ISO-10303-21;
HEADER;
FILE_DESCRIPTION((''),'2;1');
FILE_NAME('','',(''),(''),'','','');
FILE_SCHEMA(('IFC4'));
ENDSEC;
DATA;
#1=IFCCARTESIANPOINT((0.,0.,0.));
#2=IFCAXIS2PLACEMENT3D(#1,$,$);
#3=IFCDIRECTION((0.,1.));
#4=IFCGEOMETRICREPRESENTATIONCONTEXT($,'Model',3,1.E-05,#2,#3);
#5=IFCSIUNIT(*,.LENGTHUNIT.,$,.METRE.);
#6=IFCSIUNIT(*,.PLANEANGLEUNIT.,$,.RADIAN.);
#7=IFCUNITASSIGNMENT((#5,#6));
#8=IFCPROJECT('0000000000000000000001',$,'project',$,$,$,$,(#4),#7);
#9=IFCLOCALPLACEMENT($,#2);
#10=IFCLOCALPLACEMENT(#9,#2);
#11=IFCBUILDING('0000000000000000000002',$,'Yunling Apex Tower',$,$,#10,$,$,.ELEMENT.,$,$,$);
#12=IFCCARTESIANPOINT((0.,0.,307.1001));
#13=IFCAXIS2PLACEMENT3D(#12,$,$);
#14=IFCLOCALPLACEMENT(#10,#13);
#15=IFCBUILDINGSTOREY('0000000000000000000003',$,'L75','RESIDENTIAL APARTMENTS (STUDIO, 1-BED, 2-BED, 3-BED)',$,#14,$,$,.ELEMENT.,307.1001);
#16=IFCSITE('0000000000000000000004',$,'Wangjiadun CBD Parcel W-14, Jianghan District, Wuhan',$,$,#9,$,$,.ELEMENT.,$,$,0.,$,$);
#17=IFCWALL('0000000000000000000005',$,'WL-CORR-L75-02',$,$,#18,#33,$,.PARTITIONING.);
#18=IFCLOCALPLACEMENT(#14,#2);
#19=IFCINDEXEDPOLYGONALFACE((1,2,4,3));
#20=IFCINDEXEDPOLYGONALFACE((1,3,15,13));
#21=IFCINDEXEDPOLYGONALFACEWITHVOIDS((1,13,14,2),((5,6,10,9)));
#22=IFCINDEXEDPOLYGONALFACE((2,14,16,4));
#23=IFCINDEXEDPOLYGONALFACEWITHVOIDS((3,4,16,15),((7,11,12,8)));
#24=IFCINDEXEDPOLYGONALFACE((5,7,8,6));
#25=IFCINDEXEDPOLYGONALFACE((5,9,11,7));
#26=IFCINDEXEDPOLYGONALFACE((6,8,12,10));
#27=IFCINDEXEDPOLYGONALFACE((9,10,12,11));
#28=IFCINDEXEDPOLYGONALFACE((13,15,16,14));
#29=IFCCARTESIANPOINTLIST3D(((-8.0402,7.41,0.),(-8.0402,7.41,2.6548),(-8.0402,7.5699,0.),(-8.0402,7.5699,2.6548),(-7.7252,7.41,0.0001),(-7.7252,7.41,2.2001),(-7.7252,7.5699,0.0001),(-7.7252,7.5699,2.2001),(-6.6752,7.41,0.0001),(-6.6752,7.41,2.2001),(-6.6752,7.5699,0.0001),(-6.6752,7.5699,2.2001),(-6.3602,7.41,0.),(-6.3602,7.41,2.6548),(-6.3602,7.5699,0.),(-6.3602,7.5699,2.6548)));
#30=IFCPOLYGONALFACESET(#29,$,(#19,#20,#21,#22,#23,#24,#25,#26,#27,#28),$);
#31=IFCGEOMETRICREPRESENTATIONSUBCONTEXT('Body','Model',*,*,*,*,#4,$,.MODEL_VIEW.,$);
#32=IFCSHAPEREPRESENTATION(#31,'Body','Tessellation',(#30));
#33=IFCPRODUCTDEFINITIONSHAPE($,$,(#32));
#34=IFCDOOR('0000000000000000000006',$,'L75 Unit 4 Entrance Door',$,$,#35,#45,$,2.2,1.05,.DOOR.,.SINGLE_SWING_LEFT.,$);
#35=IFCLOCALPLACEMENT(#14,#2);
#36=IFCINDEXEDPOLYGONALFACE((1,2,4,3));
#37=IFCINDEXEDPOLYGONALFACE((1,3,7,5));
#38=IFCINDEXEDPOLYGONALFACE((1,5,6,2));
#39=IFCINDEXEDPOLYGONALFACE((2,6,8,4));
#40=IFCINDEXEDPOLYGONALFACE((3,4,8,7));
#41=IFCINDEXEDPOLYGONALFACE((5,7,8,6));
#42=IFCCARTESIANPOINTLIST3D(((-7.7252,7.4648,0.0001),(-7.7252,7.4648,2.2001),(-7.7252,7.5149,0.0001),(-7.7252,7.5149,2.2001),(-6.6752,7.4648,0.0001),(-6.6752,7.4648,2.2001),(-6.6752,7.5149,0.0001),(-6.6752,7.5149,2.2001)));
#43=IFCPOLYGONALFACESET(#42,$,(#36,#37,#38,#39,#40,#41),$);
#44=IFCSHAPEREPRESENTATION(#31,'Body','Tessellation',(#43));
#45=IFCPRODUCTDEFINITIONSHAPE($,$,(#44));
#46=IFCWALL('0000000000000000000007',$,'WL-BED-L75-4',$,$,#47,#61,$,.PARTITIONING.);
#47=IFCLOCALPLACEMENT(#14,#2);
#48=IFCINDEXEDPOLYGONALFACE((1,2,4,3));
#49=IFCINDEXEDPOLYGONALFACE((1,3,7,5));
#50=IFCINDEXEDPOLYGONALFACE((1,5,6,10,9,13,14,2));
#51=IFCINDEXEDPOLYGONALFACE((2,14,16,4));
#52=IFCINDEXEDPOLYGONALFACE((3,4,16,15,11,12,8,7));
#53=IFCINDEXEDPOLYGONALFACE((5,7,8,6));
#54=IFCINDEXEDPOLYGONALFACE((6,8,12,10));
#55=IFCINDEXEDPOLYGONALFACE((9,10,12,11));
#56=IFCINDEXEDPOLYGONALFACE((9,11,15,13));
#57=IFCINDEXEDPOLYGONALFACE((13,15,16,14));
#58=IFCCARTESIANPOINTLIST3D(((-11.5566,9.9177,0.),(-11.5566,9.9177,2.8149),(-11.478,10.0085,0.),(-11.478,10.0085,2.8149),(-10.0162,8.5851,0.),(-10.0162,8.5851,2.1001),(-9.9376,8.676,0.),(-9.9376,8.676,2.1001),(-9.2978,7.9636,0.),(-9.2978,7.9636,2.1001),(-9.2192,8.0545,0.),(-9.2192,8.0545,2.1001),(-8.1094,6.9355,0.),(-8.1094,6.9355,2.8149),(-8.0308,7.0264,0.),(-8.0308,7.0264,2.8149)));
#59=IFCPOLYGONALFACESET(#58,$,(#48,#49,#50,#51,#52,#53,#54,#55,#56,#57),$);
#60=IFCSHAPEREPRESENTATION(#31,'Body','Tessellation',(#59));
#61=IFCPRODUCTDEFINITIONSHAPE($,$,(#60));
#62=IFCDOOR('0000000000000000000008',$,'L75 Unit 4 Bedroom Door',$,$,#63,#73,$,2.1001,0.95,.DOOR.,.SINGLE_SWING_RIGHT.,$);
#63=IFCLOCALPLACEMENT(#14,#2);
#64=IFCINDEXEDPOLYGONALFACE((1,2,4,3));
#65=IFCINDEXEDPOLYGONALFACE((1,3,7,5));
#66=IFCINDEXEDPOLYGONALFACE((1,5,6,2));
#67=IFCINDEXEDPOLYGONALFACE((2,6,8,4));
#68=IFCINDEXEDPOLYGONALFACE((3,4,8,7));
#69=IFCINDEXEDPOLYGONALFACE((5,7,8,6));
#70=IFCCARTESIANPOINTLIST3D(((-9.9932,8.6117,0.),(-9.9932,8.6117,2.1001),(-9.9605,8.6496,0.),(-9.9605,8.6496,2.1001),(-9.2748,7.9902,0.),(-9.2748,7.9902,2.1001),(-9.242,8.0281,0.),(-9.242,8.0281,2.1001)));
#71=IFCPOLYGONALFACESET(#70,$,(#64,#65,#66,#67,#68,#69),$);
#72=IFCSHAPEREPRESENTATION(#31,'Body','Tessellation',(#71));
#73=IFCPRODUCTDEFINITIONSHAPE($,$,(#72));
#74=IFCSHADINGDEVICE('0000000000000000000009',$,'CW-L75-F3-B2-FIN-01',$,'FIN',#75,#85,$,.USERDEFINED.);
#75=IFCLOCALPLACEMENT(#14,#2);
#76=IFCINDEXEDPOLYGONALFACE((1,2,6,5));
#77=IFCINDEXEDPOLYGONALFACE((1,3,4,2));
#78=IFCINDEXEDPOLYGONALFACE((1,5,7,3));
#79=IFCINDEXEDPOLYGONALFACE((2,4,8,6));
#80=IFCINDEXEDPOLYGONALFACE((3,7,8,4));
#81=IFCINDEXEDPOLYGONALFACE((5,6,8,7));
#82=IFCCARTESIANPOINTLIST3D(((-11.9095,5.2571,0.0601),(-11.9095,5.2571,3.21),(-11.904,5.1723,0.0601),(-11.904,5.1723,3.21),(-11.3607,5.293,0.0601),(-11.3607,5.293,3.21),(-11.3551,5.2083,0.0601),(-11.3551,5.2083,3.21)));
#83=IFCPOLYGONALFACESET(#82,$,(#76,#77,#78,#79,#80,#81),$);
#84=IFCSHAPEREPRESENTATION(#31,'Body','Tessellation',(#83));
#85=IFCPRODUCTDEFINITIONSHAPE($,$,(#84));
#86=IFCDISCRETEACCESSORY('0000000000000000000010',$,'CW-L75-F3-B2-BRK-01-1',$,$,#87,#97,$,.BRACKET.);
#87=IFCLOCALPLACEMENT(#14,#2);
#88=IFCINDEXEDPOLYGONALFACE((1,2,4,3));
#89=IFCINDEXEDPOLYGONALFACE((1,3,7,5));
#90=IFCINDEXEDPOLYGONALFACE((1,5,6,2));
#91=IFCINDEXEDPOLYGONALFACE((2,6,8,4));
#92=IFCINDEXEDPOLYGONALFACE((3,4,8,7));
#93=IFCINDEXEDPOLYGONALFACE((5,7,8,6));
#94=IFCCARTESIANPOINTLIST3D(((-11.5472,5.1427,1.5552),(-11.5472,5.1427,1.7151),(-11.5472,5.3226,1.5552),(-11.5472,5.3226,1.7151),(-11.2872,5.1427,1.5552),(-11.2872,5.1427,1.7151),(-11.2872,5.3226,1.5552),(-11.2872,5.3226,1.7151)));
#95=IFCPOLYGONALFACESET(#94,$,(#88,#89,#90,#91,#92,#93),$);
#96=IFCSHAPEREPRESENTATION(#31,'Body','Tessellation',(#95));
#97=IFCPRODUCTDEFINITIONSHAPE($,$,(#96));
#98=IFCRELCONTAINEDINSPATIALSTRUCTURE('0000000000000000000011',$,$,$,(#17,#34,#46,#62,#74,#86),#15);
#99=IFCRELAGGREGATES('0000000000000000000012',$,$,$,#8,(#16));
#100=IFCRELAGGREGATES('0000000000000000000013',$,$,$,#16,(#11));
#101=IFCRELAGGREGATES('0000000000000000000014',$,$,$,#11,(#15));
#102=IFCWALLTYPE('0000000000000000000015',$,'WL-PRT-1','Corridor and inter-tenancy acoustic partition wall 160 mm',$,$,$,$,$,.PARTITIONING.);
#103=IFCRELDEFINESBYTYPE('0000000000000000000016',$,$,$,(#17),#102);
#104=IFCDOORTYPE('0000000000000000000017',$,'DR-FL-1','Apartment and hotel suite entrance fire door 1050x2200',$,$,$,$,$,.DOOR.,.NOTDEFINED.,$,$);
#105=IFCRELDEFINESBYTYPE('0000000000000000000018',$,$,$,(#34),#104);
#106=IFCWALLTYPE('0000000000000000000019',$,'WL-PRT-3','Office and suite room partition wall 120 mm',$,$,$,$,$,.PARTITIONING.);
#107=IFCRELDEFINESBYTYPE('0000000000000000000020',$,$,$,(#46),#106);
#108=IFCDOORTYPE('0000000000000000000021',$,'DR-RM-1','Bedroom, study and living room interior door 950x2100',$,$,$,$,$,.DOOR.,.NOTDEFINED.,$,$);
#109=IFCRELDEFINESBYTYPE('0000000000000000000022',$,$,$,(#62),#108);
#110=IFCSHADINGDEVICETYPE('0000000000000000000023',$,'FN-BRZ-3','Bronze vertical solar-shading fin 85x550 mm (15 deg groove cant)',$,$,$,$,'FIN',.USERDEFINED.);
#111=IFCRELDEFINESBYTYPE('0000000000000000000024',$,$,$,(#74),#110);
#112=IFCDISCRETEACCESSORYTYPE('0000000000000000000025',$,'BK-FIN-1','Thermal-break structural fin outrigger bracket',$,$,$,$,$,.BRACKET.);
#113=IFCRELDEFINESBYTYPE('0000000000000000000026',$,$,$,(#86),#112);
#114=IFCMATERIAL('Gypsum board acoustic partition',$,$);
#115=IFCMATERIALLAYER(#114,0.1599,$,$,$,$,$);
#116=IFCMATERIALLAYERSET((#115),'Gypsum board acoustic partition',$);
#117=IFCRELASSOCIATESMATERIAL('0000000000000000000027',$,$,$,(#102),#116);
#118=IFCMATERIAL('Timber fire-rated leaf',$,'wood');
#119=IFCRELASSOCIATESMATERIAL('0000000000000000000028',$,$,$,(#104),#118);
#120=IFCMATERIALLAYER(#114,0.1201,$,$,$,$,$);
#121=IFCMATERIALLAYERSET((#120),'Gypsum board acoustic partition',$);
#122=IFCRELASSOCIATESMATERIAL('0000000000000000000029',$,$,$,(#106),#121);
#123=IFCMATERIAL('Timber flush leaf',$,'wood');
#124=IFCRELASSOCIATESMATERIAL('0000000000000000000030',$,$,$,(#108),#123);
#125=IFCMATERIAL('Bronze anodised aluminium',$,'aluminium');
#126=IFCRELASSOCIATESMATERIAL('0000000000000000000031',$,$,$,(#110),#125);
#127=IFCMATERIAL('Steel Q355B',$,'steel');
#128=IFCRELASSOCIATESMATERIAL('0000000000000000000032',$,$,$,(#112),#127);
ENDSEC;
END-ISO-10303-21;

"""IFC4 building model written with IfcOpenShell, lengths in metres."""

from ifc_helpers import new_model, si_unit, direction, frame, frame_2d, origin, origin_2d, place, context, subcontext, project, spatial, rectangle, extrude, source, transform, mapped, material, layer, layer_set, material_profile, profile_set, type_object, element, fill, save


model = new_model("IFC4")

# Units and contexts
model_context = context("Model", 3, precision=1e-05, world=origin(), true_north=direction((0.0, 1.0)))
body_context = subcontext(model_context, "Body", "Model", "MODEL_VIEW")
ifc_project = project(units=[si_unit("LENGTHUNIT", "METRE"), si_unit("PLANEANGLEUNIT", "RADIAN")], contexts=[model_context])

# Site, building, storey
site_placement = place(None, origin())
site = spatial("IfcSite", under=ifc_project, at=site_placement, Name="Wangjiadun CBD Parcel W-14, Jianghan District, Wuhan", CompositionType="ELEMENT", RefElevation=0.0)
building_placement = place(site_placement, origin())
building = spatial("IfcBuilding", under=site, at=building_placement, Name="Yunling Apex Tower", CompositionType="ELEMENT")
storey_placement = place(building_placement, frame((0.0, 0.0, 307.1001)))
storey = spatial("IfcBuildingStorey", under=building, at=storey_placement, Name="L75", Description="RESIDENTIAL APARTMENTS (STUDIO, 1-BED, 2-BED, 3-BED)", CompositionType="ELEMENT", Elevation=307.1001)

# Shared definitions
ifc_material_1 = material(Name="Steel Q355B", Category="steel")

# Shared definitions
ifc_material_2 = material(Name="Bronze anodised aluminium", Category="aluminium")

# Shared definitions
ifc_material_3 = material(Name="Gypsum board acoustic partition")
ifc_layer_1 = layer(ifc_material_3, 0.1599)
ifc_layer_set_1 = layer_set([ifc_layer_1], Name="Gypsum board acoustic partition")
wall_type_1 = type_object("IfcWallType", Name="WL-PRT-1", Description="Corridor and inter-tenancy acoustic partition wall 160 mm", PredefinedType="PARTITIONING", material=ifc_layer_set_1)

# Walls, openings, doors
wall_1_placement = place(storey_placement, frame((-8.04, 7.49, 0.0), z_axis=(0.0, 0.0, 1.0), x_axis=(1.0, 0.0, 0.0)))
wall_1 = element("IfcWall", 1, at=wall_1_placement, inside=storey, type_object=wall_type_1, Name="WL-CORR-L75-02", PredefinedType="PARTITIONING", context=body_context, shape_type="SweptSolid", body=[
    extrude(rectangle(XDim=1.6799, YDim=0.1599, at=frame_2d((0.8398, 0.0))), origin(), (0.0, 0.0, 1.0), 2.6548),
])
opening_1_placement = place(wall_1_placement, frame((0.3149, 0.0, 0.0)))
opening_1 = element("IfcOpeningElement", 2, at=opening_1_placement, cuts=wall_1, PredefinedType="OPENING", context=body_context, shape_type="SweptSolid", body=[
    extrude(rectangle(XDim=1.05, YDim=2.2, at=frame_2d((0.5249, 1.1001))), frame((0.0, 0.0898, 0.0), z_axis=(0.0, -1.0, 0.0), x_axis=(1.0, 0.0, 0.0)), (0.0, 0.0, 1.0), 0.1799),
])
ifc_material_4 = material(Name="Timber fire-rated leaf", Category="wood")
door_type_1 = type_object("IfcDoorType", Name="DR-FL-1", Description="Apartment and hotel suite entrance fire door 1050x2200", OperationType="NOTDEFINED", PredefinedType="DOOR", material=ifc_material_4)
door_1_placement = place(opening_1_placement, origin())
door_1 = element("IfcDoor", 3, at=door_1_placement, inside=storey, type_object=door_type_1, Name="L75 Unit 4 Entrance Door", OperationType="SINGLE_SWING_LEFT", OverallHeight=2.2, OverallWidth=1.05, PredefinedType="DOOR", context=body_context, shape_type="SweptSolid", body=[
    extrude(rectangle(XDim=1.05, YDim=2.2, at=frame_2d((0.5249, 1.1001))), frame((0.0, 0.0249, 0.0), z_axis=(0.0, -1.0, 0.0), x_axis=(1.0, 0.0, 0.0)), (0.0, 0.0, 1.0), 0.05),
])
fill(opening_1, door_1)
ifc_layer_2 = layer(ifc_material_3, 0.1201)
ifc_layer_set_2 = layer_set([ifc_layer_2], Name="Gypsum board acoustic partition")
wall_type_2 = type_object("IfcWallType", Name="WL-PRT-3", Description="Office and suite room partition wall 120 mm", PredefinedType="PARTITIONING", material=ifc_layer_set_2)
wall_2_placement = place(storey_placement, frame((-8.0701, 6.981, 0.0), z_axis=(0.0, 0.0, 1.0), x_axis=(-0.756281, 0.654247, 0.0)))
wall_2 = element("IfcWall", 4, at=wall_2_placement, inside=storey, type_object=wall_type_2, Name="WL-BED-L75-4", PredefinedType="PARTITIONING", context=body_context, shape_type="SweptSolid", body=[
    extrude(rectangle(XDim=4.5581, YDim=0.1201, at=frame_2d((2.2791, 0.0))), origin(), (0.0, 0.0, 1.0), 2.8149),
])
opening_2_placement = place(wall_2_placement, frame((1.5713, 0.0, 0.0)))
opening_2 = element("IfcOpeningElement", 5, at=opening_2_placement, cuts=wall_2, PredefinedType="OPENING", context=body_context, shape_type="SweptSolid", body=[
    extrude(rectangle(XDim=0.95, YDim=2.1001, at=frame_2d((0.4751, 1.05))), frame((0.0, 0.0701, 0.0), z_axis=(0.0, -1.0, 0.0), x_axis=(1.0, 0.0, 0.0)), (0.0, 0.0, 1.0), 0.1401),
])
ifc_material_5 = material(Name="Timber flush leaf", Category="wood")
door_type_2 = type_object("IfcDoorType", Name="DR-RM-1", Description="Bedroom, study and living room interior door 950x2100", OperationType="NOTDEFINED", PredefinedType="DOOR", material=ifc_material_5)
door_2_placement = place(opening_2_placement, origin())
door_2 = element("IfcDoor", 6, at=door_2_placement, inside=storey, type_object=door_type_2, Name="L75 Unit 4 Bedroom Door", OperationType="SINGLE_SWING_RIGHT", OverallHeight=2.1001, OverallWidth=0.95, PredefinedType="DOOR", context=body_context, shape_type="SweptSolid", body=[
    extrude(rectangle(XDim=0.95, YDim=2.1001, at=frame_2d((0.4751, 1.05))), frame((0.0, 0.0249, 0.0), z_axis=(0.0, -1.0, 0.0), x_axis=(1.0, 0.0, 0.0)), (0.0, 0.0, 1.0), 0.05),
])
fill(opening_2, door_2)

# Shading device
ifc_material_profile_1 = material_profile(ifc_material_2, rectangle(XDim=0.085, YDim=0.55, at=origin_2d()))
ifc_profile_set_1 = profile_set([ifc_material_profile_1], Name="Bronze anodised aluminium")
shading_device_type = type_object("IfcShadingDeviceType", Name="FN-BRZ-3", Description="Bronze vertical solar-shading fin 85x550 mm (15 deg groove cant)", ElementType="FIN", PredefinedType="USERDEFINED", material=ifc_profile_set_1)
shared_shape_1 = source(origin(), body_context, "Body", "SweptSolid", [
    extrude(rectangle(XDim=0.085, YDim=0.55, at=origin_2d()), origin(), (0.0, 0.0, 1.0), 3.1499),
])
shading_device_placement = place(storey_placement, frame((-11.6323, 5.2327, 0.0601), z_axis=(0.0, 0.0, 1.0), x_axis=(0.065403, -0.997859, 0.0)))
element("IfcShadingDevice", 7, at=shading_device_placement, inside=storey, type_object=shading_device_type, Name="CW-L75-F3-B2-FIN-01", ObjectType="FIN", PredefinedType="USERDEFINED", context=body_context, shape_type="MappedRepresentation", body=[
    mapped(shared_shape_1, transform((0.0, 0.0, 0.0), scale=1.0)),
])

# Discrete accessory
discrete_accessory_type = type_object("IfcDiscreteAccessoryType", Name="BK-FIN-1", Description="Thermal-break structural fin outrigger bracket", PredefinedType="BRACKET", material=ifc_material_1)
shared_shape_2 = source(origin(), body_context, "Body", "SweptSolid", [
    extrude(rectangle(XDim=0.1799, YDim=0.26, at=origin_2d()), origin(), (0.0, 0.0, 1.0), 0.1599),
])
discrete_accessory_placement = place(storey_placement, frame((-11.4172, 5.2327, 1.5552), z_axis=(0.0, 0.0, 1.0), x_axis=(0.0, -1.0, 0.0)))
element("IfcDiscreteAccessory", 8, at=discrete_accessory_placement, inside=storey, type_object=discrete_accessory_type, Name="CW-L75-F3-B2-BRK-01-1", PredefinedType="BRACKET", context=body_context, shape_type="MappedRepresentation", body=[
    mapped(shared_shape_2, transform((0.0, 0.0, 0.0), scale=1.0)),
])

save(model, "model.ifc")
